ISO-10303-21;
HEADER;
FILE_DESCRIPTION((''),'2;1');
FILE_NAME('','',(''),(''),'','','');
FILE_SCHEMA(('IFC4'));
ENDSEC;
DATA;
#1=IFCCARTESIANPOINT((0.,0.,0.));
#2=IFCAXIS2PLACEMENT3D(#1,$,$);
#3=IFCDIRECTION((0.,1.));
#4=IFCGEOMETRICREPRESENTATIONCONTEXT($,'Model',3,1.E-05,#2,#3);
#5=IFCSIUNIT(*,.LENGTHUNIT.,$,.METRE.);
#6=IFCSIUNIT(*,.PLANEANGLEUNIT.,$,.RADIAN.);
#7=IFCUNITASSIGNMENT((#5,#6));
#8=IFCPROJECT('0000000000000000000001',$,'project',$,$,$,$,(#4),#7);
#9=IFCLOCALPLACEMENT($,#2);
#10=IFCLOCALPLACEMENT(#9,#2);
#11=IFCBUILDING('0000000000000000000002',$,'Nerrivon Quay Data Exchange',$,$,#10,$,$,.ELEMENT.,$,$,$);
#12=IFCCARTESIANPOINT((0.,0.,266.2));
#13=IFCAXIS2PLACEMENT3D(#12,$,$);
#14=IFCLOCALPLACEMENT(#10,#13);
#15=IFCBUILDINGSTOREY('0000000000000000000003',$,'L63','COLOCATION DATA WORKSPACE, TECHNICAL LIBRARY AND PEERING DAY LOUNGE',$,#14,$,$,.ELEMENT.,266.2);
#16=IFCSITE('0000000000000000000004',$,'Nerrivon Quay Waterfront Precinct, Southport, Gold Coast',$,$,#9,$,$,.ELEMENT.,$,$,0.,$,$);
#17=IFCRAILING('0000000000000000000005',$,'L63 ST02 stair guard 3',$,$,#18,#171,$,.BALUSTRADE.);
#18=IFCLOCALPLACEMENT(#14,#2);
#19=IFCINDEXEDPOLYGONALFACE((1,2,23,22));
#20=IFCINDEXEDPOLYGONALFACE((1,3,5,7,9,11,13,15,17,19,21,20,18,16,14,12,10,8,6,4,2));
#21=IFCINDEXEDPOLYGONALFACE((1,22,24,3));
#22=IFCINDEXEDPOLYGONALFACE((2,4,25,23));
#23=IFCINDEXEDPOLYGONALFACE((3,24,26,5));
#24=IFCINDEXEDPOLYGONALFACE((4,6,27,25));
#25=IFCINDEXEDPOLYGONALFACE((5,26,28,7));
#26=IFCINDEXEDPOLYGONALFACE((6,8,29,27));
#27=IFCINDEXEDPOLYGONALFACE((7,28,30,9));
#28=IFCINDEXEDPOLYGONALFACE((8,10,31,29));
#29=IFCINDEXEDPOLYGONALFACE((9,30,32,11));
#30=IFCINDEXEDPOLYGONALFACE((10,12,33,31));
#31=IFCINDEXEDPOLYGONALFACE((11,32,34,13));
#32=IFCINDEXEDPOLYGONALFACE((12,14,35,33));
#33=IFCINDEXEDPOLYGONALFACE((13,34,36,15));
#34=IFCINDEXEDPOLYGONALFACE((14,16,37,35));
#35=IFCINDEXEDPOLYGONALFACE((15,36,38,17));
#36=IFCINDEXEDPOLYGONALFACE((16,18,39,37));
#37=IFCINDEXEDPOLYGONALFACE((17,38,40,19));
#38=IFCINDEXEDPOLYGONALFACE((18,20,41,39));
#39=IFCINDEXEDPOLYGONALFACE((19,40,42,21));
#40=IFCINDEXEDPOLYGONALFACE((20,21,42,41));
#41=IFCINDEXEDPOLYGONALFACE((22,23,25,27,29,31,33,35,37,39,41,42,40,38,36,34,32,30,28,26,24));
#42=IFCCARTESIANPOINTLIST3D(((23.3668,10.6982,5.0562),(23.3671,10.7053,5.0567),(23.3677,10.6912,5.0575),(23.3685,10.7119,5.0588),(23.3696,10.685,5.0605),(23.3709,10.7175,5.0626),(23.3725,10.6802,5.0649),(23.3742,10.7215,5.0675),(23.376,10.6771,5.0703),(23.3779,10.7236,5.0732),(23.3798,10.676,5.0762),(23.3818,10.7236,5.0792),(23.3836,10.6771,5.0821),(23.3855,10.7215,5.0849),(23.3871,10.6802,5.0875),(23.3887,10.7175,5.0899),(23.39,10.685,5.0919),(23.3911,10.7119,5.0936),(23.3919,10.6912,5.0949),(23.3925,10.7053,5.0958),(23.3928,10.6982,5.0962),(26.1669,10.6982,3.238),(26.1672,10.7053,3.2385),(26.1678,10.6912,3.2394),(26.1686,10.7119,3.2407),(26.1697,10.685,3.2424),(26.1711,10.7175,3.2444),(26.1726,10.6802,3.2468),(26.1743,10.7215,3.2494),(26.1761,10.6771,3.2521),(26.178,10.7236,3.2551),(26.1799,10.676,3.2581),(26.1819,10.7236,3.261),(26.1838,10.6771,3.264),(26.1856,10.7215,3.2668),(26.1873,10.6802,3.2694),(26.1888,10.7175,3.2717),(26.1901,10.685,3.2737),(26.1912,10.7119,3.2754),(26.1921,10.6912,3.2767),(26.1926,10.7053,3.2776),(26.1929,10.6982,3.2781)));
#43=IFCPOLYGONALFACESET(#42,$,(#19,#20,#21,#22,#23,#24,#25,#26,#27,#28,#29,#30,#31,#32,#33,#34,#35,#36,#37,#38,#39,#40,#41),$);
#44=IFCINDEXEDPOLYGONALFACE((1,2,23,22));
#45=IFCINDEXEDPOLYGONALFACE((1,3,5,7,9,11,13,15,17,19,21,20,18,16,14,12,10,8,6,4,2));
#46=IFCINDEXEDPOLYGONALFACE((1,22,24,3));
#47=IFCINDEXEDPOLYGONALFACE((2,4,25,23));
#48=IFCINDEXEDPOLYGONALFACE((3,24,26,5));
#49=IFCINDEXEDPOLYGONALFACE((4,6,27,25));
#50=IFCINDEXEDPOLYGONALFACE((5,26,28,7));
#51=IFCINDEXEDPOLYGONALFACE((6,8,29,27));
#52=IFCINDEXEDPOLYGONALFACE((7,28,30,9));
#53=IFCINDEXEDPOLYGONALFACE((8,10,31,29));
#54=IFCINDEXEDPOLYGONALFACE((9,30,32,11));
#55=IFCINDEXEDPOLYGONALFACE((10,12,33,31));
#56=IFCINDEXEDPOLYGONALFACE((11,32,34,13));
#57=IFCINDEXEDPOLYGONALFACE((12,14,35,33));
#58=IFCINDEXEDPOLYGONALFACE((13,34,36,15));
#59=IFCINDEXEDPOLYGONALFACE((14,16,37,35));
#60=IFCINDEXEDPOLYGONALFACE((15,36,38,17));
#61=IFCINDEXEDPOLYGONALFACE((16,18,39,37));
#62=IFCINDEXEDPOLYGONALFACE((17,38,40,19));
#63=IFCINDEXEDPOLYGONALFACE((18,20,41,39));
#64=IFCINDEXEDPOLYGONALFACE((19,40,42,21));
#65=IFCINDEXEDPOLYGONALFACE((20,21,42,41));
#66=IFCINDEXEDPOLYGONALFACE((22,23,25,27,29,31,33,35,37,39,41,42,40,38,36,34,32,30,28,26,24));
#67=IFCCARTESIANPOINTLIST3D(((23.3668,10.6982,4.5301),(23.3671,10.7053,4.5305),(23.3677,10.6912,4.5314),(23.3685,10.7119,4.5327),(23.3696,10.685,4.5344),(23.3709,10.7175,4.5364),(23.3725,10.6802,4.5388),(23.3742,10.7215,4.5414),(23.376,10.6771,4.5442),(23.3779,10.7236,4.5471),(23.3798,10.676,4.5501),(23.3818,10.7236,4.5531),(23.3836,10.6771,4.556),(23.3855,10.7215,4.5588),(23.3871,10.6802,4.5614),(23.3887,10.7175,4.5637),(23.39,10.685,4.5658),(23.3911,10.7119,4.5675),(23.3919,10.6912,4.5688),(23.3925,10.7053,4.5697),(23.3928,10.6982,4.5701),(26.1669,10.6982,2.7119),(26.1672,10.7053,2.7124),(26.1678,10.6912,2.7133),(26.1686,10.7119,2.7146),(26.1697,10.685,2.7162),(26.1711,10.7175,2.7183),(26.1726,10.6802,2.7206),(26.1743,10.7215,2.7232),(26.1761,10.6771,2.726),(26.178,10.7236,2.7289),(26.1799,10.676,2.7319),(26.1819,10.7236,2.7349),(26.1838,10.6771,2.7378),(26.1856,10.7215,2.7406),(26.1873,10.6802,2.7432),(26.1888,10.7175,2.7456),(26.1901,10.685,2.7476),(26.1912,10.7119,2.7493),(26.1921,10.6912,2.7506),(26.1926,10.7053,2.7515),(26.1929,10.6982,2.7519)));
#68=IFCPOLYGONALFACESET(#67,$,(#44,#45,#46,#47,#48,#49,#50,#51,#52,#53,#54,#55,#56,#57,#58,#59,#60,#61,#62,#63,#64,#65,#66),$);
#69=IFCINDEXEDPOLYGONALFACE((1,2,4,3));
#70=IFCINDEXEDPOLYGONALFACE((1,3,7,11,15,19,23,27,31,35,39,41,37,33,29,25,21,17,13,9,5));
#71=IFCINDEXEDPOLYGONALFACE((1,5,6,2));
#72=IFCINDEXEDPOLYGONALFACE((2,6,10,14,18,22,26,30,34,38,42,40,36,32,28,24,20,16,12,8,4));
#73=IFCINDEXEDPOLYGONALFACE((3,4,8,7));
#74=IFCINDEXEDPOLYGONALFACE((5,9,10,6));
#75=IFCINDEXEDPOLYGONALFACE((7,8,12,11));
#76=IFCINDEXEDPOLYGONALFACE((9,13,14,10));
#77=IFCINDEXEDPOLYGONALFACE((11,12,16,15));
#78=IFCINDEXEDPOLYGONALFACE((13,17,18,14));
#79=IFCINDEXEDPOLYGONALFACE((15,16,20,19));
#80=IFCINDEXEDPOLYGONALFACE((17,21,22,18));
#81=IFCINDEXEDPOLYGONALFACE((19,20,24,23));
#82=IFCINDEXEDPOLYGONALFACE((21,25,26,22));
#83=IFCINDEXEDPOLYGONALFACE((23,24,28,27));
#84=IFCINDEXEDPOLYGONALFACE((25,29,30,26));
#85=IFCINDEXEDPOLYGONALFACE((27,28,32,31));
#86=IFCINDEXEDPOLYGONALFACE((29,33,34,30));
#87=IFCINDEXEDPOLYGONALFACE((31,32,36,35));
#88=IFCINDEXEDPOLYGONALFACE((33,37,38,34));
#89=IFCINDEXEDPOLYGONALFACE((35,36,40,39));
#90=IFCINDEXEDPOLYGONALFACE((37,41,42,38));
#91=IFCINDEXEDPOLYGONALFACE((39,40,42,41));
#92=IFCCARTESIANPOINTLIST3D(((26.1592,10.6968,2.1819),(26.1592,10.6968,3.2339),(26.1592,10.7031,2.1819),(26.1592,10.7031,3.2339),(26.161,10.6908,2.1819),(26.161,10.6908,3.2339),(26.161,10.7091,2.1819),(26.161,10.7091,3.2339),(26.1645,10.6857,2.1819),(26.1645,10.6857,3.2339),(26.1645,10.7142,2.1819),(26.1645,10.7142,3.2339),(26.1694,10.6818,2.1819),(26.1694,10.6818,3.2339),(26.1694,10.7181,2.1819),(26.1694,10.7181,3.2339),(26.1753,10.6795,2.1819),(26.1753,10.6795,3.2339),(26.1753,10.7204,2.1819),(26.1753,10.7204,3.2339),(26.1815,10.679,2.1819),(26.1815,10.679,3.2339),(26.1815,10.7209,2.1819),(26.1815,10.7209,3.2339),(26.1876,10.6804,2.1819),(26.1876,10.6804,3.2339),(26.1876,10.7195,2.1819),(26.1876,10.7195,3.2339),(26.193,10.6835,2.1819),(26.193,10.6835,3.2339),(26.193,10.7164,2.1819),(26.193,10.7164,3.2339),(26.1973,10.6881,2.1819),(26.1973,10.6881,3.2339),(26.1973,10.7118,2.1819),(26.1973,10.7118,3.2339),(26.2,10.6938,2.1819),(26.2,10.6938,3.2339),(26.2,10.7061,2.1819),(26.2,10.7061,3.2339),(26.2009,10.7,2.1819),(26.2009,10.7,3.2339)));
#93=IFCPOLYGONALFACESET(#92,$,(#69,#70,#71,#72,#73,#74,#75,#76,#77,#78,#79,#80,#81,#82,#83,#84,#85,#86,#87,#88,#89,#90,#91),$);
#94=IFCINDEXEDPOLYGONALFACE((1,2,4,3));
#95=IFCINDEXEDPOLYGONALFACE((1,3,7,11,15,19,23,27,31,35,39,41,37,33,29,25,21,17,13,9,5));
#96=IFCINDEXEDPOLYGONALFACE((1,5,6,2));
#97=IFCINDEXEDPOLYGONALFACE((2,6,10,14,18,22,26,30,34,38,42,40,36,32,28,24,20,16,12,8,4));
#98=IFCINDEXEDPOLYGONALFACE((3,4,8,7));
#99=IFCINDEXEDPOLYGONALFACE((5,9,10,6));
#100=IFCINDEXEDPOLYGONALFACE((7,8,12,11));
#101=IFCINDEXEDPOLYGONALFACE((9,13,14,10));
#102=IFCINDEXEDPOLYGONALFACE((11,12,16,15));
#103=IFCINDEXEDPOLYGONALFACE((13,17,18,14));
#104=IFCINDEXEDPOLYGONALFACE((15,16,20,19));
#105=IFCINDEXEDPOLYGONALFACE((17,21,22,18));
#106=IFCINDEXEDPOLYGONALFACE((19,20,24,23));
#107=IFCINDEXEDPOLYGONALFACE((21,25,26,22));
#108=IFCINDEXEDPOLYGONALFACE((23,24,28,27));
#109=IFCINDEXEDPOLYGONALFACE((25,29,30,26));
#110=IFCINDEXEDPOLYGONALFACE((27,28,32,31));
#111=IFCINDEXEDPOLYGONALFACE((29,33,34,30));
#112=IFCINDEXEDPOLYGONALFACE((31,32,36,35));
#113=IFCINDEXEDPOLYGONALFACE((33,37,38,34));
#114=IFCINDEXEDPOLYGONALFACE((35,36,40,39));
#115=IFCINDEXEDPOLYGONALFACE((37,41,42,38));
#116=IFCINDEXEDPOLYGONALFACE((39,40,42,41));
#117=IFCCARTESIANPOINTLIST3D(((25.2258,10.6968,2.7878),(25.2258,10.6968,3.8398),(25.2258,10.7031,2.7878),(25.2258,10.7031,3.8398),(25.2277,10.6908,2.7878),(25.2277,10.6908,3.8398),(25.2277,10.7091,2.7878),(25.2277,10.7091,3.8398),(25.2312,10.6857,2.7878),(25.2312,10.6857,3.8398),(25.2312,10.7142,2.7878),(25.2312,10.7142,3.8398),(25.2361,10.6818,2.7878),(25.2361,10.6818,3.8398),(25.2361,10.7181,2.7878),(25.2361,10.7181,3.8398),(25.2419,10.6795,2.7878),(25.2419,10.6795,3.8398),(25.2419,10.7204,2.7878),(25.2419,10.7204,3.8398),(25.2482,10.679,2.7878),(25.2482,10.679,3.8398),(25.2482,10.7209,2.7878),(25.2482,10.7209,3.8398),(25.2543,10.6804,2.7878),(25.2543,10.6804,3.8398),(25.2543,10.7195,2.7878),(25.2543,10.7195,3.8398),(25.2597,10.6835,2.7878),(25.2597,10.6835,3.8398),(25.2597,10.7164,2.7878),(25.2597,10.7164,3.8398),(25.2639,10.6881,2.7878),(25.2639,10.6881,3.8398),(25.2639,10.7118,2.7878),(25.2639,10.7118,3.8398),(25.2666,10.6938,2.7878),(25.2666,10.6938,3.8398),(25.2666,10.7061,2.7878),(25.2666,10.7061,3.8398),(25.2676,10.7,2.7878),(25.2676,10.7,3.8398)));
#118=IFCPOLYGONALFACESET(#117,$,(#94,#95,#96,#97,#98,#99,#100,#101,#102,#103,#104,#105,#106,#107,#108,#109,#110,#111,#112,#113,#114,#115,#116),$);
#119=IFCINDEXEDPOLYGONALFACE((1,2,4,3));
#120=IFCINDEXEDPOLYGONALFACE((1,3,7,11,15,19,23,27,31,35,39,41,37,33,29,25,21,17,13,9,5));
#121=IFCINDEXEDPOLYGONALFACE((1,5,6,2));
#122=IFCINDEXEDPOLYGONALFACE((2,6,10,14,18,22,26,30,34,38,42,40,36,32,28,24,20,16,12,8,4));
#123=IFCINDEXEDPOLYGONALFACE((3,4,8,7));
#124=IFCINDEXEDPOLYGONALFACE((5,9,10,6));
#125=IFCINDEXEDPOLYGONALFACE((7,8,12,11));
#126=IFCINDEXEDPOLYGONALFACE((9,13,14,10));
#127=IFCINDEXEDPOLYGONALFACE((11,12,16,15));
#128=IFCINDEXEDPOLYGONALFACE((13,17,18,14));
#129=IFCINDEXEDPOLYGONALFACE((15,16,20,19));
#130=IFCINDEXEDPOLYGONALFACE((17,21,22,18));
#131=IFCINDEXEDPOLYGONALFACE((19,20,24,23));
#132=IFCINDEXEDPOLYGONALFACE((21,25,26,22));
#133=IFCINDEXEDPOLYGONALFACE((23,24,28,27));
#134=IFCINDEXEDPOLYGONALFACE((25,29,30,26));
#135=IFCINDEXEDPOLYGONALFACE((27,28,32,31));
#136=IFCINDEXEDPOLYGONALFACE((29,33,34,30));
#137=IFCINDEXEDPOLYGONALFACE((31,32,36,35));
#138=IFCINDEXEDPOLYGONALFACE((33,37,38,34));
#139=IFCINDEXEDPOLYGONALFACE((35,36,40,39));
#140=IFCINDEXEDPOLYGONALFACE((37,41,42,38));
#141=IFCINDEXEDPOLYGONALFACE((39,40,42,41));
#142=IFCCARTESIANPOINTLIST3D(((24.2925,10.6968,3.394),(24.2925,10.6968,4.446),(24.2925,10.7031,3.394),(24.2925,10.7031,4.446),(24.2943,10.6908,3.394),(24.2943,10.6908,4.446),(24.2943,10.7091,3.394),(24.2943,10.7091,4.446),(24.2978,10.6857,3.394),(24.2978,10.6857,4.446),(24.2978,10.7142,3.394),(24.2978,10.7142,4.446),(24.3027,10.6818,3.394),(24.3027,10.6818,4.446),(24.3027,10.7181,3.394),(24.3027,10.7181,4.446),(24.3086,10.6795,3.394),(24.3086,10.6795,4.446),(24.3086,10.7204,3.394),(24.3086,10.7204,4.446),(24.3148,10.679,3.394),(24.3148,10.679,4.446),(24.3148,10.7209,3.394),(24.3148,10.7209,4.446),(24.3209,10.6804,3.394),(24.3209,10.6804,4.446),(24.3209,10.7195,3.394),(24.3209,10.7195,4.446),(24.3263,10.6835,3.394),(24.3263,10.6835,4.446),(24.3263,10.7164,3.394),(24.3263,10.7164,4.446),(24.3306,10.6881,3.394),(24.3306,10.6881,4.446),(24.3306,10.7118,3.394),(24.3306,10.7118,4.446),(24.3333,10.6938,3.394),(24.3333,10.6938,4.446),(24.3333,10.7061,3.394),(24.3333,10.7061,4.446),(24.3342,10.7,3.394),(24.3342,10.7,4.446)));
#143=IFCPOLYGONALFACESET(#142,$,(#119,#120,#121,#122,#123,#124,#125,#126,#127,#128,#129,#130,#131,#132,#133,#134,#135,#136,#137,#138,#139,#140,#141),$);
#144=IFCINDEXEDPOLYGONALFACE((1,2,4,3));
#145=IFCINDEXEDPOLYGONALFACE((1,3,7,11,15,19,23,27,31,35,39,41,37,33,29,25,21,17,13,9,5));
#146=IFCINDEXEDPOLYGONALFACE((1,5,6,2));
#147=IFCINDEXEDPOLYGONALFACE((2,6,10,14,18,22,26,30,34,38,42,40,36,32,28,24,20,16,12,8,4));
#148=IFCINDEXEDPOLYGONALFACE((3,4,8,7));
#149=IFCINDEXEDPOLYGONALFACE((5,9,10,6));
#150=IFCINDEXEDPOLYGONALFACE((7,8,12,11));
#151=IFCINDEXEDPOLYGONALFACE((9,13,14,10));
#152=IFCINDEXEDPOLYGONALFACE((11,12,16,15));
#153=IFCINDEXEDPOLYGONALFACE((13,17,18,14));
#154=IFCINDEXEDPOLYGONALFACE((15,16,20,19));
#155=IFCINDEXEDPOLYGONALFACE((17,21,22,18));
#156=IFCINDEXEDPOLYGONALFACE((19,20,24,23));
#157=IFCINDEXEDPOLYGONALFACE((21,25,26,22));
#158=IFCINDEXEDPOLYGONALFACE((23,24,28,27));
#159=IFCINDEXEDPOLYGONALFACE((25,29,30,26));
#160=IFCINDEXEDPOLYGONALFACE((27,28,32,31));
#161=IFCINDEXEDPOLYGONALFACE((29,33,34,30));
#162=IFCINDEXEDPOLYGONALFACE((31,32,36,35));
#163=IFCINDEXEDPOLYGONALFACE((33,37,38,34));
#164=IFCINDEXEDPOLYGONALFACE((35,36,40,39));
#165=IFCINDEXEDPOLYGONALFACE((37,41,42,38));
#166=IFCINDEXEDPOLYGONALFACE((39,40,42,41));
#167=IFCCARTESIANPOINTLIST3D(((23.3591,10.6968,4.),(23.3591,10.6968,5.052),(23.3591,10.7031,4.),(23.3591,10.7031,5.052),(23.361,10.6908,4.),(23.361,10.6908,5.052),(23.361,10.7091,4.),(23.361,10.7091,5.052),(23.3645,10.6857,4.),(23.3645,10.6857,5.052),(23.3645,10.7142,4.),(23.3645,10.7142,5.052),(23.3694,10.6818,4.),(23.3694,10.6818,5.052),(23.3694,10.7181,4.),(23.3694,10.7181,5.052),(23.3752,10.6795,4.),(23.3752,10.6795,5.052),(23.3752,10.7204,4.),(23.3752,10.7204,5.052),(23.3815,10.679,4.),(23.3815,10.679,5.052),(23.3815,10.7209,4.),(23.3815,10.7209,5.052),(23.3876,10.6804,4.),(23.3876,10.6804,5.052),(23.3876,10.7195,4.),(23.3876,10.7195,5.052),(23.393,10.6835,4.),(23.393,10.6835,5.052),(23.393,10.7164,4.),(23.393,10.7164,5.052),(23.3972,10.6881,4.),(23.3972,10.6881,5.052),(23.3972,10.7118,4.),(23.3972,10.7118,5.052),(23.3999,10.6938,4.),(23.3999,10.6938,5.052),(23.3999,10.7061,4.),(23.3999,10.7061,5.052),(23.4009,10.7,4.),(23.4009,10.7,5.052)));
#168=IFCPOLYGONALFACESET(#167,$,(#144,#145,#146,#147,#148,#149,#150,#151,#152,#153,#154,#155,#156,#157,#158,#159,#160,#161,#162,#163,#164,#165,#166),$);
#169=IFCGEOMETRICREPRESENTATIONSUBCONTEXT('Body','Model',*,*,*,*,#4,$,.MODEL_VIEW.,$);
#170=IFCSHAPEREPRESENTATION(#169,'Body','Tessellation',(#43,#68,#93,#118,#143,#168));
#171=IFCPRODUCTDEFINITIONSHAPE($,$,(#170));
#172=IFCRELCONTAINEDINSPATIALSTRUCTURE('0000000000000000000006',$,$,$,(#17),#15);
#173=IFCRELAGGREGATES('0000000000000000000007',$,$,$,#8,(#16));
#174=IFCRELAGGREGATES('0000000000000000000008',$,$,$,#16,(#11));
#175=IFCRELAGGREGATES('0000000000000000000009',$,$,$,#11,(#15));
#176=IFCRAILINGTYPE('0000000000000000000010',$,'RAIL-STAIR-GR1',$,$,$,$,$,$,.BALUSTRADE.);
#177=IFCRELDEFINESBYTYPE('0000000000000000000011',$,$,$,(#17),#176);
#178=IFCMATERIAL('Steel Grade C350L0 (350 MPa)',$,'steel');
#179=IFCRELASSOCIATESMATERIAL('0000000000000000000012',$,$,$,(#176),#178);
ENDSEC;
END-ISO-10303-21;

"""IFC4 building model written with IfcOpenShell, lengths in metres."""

from ifc_helpers import new_model, si_unit, direction, frame, origin, origin_2d, place, context, subcontext, project, spatial, circle, extrude, material, type_object, element, save


model = new_model("IFC4")

# Units and contexts
model_context = context("Model", 3, precision=1e-05, world=origin(), true_north=direction((0.0, 1.0)))
body_context = subcontext(model_context, "Body", "Model", "MODEL_VIEW")
ifc_project = project(units=[si_unit("LENGTHUNIT", "METRE"), si_unit("PLANEANGLEUNIT", "RADIAN")], contexts=[model_context])

# Site, building, storey
site_placement = place(None, origin())
site = spatial("IfcSite", under=ifc_project, at=site_placement, Name="Nerrivon Quay Waterfront Precinct, Southport, Gold Coast", CompositionType="ELEMENT", RefElevation=0.0)
building_placement = place(site_placement, origin())
building = spatial("IfcBuilding", under=site, at=building_placement, Name="Nerrivon Quay Data Exchange", CompositionType="ELEMENT")
storey_placement = place(building_placement, frame((0.0, 0.0, 266.2)))
storey = spatial("IfcBuildingStorey", under=building, at=storey_placement, Name="L63", Description="COLOCATION DATA WORKSPACE, TECHNICAL LIBRARY AND PEERING DAY LOUNGE", CompositionType="ELEMENT", Elevation=266.2)

# Railing
ifc_material_1 = material(Name="Steel Grade C350L0 (350 MPa)", Category="steel")
railing_type_1 = type_object("IfcRailingType", Name="RAIL-STAIR-GR1", PredefinedType="BALUSTRADE", material=ifc_material_1)
railing_1_placement = place(storey_placement, frame((26.1799, 10.7, 2.1819)))
element("IfcRailing", 1, at=railing_1_placement, inside=storey, type_object=railing_type_1, Name="L63 ST02 stair guard 3", PredefinedType="BALUSTRADE", context=body_context, shape_type="SweptSolid", body=[
    extrude(circle(Radius=0.0239, at=origin_2d()), frame((0.0, 0.0, 1.0762), z_axis=(-0.838706, 0.0, 0.544585), x_axis=(0.0, -1.0, 0.0)), (0.0, 0.0, 1.0), 3.3386),
    extrude(circle(Radius=0.0239, at=origin_2d()), frame((0.0, 0.0, 0.55), z_axis=(-0.838706, 0.0, 0.544585), x_axis=(0.0, -1.0, 0.0)), (0.0, 0.0, 1.0), 3.3386),
    extrude(circle(Radius=0.021, at=origin_2d()), origin(), (0.0, 0.0, 1.0), 1.052),
    extrude(circle(Radius=0.021, at=origin_2d()), frame((-0.9333, 0.0, 0.606)), (0.0, 0.0, 1.0), 1.052),
    extrude(circle(Radius=0.021, at=origin_2d()), frame((-1.8667, 0.0, 1.2122)), (0.0, 0.0, 1.0), 1.052),
    extrude(circle(Radius=0.021, at=origin_2d()), frame((-2.8, 0.0, 1.8181)), (0.0, 0.0, 1.0), 1.052),
])

save(model, "model.ifc")
